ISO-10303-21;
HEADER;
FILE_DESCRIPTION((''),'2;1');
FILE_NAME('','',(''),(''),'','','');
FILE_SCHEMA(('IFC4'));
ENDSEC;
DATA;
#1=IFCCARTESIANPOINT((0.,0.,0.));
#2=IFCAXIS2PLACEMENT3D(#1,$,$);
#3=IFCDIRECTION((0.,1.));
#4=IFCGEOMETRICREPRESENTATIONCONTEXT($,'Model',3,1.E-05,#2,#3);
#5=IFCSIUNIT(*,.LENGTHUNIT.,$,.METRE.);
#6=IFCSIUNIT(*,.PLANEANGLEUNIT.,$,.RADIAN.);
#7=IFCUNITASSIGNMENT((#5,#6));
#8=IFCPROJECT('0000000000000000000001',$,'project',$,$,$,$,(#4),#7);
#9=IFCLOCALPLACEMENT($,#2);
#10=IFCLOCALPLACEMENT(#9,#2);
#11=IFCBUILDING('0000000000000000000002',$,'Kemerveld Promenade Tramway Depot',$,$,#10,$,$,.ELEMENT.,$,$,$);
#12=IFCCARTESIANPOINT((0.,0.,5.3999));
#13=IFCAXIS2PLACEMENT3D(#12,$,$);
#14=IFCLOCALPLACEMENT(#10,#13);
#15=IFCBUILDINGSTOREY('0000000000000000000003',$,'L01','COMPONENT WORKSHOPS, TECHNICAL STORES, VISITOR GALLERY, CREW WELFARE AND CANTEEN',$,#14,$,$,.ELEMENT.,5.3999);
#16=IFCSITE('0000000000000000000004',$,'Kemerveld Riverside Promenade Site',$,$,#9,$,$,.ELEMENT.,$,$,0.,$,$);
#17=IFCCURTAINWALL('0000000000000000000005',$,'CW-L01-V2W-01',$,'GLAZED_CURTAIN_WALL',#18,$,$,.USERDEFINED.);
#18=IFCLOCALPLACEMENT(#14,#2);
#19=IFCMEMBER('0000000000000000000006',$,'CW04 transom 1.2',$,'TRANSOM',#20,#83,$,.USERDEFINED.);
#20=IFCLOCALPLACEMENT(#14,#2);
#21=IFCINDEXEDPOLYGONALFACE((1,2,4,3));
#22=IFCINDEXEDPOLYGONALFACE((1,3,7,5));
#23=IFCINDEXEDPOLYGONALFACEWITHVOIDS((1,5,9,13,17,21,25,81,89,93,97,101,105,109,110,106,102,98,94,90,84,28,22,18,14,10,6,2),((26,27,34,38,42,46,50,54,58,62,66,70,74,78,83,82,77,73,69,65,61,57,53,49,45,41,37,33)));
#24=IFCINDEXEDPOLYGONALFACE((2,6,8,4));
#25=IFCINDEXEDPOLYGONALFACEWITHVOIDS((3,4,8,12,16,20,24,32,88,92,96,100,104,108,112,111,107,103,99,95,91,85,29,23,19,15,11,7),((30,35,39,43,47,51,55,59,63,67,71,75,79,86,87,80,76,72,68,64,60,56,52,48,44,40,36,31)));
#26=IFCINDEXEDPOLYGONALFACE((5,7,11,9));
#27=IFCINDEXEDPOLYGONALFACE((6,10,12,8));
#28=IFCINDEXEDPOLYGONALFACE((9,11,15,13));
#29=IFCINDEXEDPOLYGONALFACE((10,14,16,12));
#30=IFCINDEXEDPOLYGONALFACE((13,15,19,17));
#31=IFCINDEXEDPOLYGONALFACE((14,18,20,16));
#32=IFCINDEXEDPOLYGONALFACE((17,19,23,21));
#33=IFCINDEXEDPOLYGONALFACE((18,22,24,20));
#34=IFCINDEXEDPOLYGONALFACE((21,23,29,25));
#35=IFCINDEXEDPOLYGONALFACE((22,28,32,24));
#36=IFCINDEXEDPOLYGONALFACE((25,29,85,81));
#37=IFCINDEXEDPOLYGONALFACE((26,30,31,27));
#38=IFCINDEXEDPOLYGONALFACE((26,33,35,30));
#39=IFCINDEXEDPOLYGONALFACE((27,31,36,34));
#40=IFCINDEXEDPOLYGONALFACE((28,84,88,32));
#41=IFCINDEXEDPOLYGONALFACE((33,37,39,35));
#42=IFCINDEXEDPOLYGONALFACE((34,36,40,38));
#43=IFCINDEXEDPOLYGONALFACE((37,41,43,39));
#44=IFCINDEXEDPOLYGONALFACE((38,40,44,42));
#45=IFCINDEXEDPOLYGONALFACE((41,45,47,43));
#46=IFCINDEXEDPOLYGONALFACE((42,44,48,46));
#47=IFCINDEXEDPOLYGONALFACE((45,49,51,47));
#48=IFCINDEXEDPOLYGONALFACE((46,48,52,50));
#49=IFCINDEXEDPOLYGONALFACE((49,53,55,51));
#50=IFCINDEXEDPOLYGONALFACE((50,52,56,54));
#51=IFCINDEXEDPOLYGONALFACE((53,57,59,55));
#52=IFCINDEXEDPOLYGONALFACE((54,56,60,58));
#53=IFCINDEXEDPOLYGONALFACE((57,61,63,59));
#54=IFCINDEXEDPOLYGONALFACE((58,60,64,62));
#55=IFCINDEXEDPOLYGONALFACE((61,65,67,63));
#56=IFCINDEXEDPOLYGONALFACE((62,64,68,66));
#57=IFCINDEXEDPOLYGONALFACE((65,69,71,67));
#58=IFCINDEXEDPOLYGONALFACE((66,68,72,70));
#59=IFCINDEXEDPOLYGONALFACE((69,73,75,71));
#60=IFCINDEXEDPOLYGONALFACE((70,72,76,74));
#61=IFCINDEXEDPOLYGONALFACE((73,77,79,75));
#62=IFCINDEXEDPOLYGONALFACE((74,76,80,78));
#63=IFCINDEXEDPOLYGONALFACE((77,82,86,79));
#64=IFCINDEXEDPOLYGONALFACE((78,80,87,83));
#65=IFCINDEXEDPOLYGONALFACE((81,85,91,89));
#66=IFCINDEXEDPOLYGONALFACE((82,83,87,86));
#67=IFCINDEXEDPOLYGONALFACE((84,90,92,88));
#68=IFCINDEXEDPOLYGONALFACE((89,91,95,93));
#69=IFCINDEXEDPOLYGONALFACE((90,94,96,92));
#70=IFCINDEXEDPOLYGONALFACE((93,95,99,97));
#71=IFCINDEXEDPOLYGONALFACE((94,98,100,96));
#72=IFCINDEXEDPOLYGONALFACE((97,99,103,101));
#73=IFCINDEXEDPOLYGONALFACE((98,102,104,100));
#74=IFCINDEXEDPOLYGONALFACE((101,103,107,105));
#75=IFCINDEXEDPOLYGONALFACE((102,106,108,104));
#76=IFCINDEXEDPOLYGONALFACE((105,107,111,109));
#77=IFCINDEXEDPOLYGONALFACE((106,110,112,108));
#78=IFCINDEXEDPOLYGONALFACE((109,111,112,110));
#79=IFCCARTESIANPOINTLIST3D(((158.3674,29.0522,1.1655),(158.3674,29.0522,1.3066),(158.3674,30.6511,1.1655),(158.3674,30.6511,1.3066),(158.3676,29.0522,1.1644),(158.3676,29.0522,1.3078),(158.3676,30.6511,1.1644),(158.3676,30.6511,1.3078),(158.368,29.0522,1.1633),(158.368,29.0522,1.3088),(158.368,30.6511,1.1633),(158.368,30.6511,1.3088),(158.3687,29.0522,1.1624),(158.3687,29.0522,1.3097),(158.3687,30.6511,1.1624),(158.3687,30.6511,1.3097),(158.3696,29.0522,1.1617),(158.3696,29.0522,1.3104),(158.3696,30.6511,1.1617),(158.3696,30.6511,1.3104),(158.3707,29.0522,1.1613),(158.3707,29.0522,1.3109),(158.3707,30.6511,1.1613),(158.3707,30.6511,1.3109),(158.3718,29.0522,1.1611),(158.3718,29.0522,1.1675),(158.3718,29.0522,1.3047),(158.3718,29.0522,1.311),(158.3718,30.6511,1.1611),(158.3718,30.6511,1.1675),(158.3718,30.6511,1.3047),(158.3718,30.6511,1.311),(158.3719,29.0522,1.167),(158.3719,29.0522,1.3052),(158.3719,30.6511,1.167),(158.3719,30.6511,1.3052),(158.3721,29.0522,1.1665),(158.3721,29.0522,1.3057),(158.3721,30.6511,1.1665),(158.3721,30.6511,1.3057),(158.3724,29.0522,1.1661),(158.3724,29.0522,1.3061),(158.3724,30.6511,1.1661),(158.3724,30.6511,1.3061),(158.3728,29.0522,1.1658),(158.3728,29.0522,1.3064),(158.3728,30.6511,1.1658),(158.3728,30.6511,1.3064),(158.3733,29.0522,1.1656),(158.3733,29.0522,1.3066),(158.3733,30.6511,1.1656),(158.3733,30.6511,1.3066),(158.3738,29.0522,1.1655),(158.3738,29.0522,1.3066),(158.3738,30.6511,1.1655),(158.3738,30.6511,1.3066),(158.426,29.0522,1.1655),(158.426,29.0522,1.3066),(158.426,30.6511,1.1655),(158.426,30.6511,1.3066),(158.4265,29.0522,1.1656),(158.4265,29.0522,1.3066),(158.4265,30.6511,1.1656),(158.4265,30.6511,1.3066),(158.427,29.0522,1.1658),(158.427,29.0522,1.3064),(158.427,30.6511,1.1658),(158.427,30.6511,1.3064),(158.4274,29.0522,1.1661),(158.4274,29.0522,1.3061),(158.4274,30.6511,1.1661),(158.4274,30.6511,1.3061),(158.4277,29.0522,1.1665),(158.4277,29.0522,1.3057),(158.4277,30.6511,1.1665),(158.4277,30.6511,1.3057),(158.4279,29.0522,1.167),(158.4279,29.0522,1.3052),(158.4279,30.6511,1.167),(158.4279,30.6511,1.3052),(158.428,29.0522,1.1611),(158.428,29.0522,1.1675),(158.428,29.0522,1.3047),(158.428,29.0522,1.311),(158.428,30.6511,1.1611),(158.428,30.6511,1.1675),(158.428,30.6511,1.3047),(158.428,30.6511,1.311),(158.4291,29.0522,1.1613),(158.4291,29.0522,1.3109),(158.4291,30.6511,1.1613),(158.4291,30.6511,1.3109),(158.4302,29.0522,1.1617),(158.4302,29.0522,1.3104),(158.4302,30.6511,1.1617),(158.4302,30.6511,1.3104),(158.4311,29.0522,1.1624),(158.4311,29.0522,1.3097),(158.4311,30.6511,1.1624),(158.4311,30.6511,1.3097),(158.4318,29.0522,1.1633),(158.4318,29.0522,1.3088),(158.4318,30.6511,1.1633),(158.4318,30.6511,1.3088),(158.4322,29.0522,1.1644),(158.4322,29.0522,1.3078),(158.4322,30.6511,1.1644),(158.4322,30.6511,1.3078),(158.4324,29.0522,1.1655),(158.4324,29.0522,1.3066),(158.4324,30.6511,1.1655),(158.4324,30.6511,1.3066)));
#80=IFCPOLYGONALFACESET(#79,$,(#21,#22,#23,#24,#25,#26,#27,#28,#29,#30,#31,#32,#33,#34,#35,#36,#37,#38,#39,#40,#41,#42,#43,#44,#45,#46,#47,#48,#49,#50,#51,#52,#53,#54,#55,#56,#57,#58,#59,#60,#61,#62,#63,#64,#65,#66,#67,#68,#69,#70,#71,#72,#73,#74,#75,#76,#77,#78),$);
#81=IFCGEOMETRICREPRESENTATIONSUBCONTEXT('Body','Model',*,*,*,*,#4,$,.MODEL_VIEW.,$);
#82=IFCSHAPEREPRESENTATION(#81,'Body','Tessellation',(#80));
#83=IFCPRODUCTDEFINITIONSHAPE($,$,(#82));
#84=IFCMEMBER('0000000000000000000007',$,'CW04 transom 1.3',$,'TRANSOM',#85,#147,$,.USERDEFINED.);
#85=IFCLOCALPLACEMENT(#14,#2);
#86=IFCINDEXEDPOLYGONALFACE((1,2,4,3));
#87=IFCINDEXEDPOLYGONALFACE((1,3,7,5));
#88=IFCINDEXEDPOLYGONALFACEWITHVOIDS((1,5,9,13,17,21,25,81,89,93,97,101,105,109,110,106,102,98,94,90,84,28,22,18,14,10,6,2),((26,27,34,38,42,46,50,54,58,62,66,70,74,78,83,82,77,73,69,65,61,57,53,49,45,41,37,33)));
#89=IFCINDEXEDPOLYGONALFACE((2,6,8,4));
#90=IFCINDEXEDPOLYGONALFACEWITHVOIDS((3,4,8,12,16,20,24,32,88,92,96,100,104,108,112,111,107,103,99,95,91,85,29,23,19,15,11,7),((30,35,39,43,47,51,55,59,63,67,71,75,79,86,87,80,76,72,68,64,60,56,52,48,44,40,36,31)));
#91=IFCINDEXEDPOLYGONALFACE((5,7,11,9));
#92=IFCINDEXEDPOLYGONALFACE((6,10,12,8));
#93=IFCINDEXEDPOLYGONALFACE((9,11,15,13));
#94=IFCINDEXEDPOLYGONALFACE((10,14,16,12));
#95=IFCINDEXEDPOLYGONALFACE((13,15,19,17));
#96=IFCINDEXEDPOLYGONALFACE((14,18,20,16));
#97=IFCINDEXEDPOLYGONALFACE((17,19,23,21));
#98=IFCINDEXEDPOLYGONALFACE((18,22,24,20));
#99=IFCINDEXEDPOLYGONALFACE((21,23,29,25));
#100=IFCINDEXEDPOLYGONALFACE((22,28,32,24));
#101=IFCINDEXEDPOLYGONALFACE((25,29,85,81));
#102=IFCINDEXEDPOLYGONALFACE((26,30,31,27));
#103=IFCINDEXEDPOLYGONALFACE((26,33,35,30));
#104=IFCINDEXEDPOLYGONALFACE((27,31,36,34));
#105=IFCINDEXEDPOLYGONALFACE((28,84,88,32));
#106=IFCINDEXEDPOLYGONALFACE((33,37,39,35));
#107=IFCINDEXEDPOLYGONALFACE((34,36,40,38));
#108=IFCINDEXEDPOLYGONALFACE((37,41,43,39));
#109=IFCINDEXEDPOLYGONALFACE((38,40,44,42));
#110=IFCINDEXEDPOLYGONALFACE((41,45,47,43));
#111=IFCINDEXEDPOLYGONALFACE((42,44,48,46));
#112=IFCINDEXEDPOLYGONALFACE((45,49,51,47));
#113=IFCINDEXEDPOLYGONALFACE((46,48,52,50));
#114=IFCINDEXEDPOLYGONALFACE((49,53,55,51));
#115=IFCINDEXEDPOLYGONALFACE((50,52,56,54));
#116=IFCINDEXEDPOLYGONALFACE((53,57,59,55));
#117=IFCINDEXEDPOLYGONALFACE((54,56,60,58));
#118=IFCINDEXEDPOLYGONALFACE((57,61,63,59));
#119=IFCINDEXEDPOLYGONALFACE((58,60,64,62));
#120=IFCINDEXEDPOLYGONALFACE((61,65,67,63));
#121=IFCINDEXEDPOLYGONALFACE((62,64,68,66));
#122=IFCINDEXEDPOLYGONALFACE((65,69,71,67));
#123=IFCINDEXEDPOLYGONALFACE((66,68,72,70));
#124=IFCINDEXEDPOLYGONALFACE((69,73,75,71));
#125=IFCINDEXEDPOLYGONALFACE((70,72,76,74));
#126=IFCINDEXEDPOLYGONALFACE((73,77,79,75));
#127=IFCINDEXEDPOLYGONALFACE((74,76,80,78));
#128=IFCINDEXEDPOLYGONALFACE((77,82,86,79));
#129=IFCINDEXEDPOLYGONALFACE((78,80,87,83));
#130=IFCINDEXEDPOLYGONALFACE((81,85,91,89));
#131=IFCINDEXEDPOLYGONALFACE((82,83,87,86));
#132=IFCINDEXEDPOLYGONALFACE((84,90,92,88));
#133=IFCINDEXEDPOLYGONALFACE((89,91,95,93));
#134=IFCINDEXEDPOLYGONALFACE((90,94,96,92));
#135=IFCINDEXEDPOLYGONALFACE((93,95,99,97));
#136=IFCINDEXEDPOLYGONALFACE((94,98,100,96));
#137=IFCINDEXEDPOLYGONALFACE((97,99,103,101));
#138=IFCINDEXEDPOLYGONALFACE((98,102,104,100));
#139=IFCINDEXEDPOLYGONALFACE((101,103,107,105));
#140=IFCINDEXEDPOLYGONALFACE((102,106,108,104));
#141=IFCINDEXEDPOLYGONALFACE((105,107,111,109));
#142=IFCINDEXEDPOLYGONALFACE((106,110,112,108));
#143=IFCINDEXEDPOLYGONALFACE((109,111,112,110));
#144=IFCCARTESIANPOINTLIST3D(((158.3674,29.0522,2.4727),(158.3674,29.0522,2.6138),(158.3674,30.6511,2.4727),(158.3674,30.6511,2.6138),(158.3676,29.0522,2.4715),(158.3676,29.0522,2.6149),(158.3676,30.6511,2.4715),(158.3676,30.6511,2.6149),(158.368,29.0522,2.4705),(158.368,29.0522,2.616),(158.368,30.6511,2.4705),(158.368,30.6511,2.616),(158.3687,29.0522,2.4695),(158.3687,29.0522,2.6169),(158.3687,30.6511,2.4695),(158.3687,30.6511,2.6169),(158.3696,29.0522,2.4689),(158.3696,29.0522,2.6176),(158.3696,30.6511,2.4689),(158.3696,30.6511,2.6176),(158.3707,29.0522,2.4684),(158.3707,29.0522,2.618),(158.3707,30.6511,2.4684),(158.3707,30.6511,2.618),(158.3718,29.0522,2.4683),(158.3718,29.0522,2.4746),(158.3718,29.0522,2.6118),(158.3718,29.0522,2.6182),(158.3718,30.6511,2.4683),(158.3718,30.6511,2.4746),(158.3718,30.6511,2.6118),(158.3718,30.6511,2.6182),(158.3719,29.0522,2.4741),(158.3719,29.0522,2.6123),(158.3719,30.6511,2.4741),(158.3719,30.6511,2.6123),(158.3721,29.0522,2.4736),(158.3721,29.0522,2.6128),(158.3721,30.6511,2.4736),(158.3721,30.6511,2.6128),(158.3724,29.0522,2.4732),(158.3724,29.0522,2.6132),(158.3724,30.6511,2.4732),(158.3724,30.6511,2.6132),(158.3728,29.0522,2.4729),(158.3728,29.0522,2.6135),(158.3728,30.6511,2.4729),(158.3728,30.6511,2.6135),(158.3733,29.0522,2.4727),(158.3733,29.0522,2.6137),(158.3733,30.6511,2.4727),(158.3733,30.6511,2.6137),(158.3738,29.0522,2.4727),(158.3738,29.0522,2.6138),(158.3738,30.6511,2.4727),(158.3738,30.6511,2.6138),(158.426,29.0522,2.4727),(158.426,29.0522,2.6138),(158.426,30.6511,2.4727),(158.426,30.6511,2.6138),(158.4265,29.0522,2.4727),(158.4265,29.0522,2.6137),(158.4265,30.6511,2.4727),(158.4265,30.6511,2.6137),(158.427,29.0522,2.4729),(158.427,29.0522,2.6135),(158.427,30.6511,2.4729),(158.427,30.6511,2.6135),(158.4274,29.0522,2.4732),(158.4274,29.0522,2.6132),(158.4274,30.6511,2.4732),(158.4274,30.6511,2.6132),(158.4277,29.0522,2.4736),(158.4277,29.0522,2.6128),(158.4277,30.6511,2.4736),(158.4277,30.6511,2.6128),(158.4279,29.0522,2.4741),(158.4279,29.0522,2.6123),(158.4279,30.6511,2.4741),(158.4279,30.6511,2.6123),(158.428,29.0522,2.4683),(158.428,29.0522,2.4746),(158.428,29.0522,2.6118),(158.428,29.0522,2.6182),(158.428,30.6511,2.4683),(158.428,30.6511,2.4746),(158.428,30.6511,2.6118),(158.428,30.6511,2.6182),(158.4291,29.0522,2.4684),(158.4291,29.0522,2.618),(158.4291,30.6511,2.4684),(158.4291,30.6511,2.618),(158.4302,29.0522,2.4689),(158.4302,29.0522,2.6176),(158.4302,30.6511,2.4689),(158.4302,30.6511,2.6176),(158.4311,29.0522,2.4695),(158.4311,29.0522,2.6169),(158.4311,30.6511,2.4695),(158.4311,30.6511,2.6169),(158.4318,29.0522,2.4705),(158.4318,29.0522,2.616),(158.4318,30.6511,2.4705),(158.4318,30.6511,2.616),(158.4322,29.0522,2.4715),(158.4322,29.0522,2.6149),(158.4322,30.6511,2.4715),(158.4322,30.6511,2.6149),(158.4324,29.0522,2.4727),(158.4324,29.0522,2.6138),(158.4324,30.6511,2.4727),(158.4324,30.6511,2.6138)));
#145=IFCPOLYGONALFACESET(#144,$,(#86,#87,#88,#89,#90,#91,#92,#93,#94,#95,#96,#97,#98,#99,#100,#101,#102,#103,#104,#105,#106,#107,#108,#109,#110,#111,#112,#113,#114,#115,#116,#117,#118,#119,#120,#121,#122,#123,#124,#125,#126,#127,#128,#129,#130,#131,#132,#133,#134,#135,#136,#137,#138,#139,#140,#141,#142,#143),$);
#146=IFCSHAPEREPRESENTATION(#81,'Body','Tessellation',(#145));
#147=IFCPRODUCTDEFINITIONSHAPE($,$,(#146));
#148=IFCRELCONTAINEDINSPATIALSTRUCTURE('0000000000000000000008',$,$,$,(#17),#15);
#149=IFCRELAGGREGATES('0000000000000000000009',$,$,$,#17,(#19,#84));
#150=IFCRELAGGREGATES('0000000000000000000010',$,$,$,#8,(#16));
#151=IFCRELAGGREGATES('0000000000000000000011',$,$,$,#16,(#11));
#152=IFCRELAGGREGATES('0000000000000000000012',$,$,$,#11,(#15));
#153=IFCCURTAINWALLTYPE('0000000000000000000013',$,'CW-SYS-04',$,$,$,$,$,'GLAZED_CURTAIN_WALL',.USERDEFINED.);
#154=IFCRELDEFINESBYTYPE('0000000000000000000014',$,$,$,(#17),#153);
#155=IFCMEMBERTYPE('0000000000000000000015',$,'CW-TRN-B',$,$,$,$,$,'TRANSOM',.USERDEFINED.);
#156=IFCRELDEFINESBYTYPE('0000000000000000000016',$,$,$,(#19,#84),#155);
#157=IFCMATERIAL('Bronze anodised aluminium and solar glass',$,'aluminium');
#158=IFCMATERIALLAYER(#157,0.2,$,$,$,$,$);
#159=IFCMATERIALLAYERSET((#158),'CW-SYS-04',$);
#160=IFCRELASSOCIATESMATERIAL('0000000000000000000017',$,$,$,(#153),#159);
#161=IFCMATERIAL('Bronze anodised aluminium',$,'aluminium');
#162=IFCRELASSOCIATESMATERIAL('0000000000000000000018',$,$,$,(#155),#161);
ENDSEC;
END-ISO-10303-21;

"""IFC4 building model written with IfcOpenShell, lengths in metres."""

from ifc_helpers import new_model, si_unit, direction, frame, origin, origin_2d, place, context, subcontext, project, spatial, hollow_rectangle, extrude, material, layer, layer_set, material_profile, profile_set, type_object, element, aggregate, save


model = new_model("IFC4")

# Units and contexts
model_context = context("Model", 3, precision=1e-05, world=origin(), true_north=direction((0.0, 1.0)))
body_context = subcontext(model_context, "Body", "Model", "MODEL_VIEW")
ifc_project = project(units=[si_unit("LENGTHUNIT", "METRE"), si_unit("PLANEANGLEUNIT", "RADIAN")], contexts=[model_context])

# Site, building, storey
site_placement = place(None, origin())
site = spatial("IfcSite", under=ifc_project, at=site_placement, Name="Kemerveld Riverside Promenade Site", CompositionType="ELEMENT", RefElevation=0.0)
building_placement = place(site_placement, origin())
building = spatial("IfcBuilding", under=site, at=building_placement, Name="Kemerveld Promenade Tramway Depot", CompositionType="ELEMENT")
storey_placement = place(building_placement, frame((0.0, 0.0, 5.3999)))
storey = spatial("IfcBuildingStorey", under=building, at=storey_placement, Name="L01", Description="COMPONENT WORKSHOPS, TECHNICAL STORES, VISITOR GALLERY, CREW WELFARE AND CANTEEN", CompositionType="ELEMENT", Elevation=5.3999)

# Curtain wall, members
ifc_material_1 = material(Name="Bronze anodised aluminium and solar glass", Category="aluminium")
ifc_layer_1 = layer(ifc_material_1, 0.2)
ifc_layer_set_1 = layer_set([ifc_layer_1], Name="CW-SYS-04")
curtain_wall_type = type_object("IfcCurtainWallType", Name="CW-SYS-04", ElementType="GLAZED_CURTAIN_WALL", PredefinedType="USERDEFINED", material=ifc_layer_set_1)
curtain_wall_placement = place(storey_placement, origin())
curtain_wall = element("IfcCurtainWall", 1, at=curtain_wall_placement, inside=storey, type_object=curtain_wall_type, Name="CW-L01-V2W-01", ObjectType="GLAZED_CURTAIN_WALL", PredefinedType="USERDEFINED")
ifc_material_2 = material(Name="Bronze anodised aluminium", Category="aluminium")
ifc_material_profile_1 = material_profile(ifc_material_2, hollow_rectangle(XDim=0.0649, YDim=0.1499, WallThickness=0.0044, InnerFilletRadius=0.002, OuterFilletRadius=0.0044, at=origin_2d()), Name="CW-TRN-150x65")
ifc_profile_set_1 = profile_set([ifc_material_profile_1], Name="Bronze anodised aluminium")
member_type_1 = type_object("IfcMemberType", Name="CW-TRN-B", ElementType="TRANSOM", PredefinedType="USERDEFINED", material=ifc_profile_set_1)
member_1_placement = place(storey_placement, frame((158.3999, 29.0522, 1.2361), z_axis=(0.0, 1.0, 0.0), x_axis=(-1.0, 0.0, 0.0)))
member_1 = element("IfcMember", 2, at=member_1_placement, type_object=member_type_1, Name="CW04 transom 1.2", ObjectType="TRANSOM", PredefinedType="USERDEFINED", context=body_context, shape_type="SweptSolid", body=[
    extrude(hollow_rectangle(XDim=0.0649, YDim=0.1499, WallThickness=0.0044, InnerFilletRadius=0.002, OuterFilletRadius=0.0044, at=origin_2d()), origin(), (0.0, 0.0, 1.0), 1.5989),
])
member_2_placement = place(storey_placement, frame((158.3999, 29.0522, 2.5432), z_axis=(0.0, 1.0, 0.0), x_axis=(-1.0, 0.0, 0.0)))
member_2 = element("IfcMember", 3, at=member_2_placement, type_object=member_type_1, Name="CW04 transom 1.3", ObjectType="TRANSOM", PredefinedType="USERDEFINED", context=body_context, shape_type="SweptSolid", body=[
    extrude(hollow_rectangle(XDim=0.0649, YDim=0.1499, WallThickness=0.0044, InnerFilletRadius=0.002, OuterFilletRadius=0.0044, at=origin_2d()), origin(), (0.0, 0.0, 1.0), 1.5989),
])
aggregate(curtain_wall, [member_1, member_2])

save(model, "model.ifc")
